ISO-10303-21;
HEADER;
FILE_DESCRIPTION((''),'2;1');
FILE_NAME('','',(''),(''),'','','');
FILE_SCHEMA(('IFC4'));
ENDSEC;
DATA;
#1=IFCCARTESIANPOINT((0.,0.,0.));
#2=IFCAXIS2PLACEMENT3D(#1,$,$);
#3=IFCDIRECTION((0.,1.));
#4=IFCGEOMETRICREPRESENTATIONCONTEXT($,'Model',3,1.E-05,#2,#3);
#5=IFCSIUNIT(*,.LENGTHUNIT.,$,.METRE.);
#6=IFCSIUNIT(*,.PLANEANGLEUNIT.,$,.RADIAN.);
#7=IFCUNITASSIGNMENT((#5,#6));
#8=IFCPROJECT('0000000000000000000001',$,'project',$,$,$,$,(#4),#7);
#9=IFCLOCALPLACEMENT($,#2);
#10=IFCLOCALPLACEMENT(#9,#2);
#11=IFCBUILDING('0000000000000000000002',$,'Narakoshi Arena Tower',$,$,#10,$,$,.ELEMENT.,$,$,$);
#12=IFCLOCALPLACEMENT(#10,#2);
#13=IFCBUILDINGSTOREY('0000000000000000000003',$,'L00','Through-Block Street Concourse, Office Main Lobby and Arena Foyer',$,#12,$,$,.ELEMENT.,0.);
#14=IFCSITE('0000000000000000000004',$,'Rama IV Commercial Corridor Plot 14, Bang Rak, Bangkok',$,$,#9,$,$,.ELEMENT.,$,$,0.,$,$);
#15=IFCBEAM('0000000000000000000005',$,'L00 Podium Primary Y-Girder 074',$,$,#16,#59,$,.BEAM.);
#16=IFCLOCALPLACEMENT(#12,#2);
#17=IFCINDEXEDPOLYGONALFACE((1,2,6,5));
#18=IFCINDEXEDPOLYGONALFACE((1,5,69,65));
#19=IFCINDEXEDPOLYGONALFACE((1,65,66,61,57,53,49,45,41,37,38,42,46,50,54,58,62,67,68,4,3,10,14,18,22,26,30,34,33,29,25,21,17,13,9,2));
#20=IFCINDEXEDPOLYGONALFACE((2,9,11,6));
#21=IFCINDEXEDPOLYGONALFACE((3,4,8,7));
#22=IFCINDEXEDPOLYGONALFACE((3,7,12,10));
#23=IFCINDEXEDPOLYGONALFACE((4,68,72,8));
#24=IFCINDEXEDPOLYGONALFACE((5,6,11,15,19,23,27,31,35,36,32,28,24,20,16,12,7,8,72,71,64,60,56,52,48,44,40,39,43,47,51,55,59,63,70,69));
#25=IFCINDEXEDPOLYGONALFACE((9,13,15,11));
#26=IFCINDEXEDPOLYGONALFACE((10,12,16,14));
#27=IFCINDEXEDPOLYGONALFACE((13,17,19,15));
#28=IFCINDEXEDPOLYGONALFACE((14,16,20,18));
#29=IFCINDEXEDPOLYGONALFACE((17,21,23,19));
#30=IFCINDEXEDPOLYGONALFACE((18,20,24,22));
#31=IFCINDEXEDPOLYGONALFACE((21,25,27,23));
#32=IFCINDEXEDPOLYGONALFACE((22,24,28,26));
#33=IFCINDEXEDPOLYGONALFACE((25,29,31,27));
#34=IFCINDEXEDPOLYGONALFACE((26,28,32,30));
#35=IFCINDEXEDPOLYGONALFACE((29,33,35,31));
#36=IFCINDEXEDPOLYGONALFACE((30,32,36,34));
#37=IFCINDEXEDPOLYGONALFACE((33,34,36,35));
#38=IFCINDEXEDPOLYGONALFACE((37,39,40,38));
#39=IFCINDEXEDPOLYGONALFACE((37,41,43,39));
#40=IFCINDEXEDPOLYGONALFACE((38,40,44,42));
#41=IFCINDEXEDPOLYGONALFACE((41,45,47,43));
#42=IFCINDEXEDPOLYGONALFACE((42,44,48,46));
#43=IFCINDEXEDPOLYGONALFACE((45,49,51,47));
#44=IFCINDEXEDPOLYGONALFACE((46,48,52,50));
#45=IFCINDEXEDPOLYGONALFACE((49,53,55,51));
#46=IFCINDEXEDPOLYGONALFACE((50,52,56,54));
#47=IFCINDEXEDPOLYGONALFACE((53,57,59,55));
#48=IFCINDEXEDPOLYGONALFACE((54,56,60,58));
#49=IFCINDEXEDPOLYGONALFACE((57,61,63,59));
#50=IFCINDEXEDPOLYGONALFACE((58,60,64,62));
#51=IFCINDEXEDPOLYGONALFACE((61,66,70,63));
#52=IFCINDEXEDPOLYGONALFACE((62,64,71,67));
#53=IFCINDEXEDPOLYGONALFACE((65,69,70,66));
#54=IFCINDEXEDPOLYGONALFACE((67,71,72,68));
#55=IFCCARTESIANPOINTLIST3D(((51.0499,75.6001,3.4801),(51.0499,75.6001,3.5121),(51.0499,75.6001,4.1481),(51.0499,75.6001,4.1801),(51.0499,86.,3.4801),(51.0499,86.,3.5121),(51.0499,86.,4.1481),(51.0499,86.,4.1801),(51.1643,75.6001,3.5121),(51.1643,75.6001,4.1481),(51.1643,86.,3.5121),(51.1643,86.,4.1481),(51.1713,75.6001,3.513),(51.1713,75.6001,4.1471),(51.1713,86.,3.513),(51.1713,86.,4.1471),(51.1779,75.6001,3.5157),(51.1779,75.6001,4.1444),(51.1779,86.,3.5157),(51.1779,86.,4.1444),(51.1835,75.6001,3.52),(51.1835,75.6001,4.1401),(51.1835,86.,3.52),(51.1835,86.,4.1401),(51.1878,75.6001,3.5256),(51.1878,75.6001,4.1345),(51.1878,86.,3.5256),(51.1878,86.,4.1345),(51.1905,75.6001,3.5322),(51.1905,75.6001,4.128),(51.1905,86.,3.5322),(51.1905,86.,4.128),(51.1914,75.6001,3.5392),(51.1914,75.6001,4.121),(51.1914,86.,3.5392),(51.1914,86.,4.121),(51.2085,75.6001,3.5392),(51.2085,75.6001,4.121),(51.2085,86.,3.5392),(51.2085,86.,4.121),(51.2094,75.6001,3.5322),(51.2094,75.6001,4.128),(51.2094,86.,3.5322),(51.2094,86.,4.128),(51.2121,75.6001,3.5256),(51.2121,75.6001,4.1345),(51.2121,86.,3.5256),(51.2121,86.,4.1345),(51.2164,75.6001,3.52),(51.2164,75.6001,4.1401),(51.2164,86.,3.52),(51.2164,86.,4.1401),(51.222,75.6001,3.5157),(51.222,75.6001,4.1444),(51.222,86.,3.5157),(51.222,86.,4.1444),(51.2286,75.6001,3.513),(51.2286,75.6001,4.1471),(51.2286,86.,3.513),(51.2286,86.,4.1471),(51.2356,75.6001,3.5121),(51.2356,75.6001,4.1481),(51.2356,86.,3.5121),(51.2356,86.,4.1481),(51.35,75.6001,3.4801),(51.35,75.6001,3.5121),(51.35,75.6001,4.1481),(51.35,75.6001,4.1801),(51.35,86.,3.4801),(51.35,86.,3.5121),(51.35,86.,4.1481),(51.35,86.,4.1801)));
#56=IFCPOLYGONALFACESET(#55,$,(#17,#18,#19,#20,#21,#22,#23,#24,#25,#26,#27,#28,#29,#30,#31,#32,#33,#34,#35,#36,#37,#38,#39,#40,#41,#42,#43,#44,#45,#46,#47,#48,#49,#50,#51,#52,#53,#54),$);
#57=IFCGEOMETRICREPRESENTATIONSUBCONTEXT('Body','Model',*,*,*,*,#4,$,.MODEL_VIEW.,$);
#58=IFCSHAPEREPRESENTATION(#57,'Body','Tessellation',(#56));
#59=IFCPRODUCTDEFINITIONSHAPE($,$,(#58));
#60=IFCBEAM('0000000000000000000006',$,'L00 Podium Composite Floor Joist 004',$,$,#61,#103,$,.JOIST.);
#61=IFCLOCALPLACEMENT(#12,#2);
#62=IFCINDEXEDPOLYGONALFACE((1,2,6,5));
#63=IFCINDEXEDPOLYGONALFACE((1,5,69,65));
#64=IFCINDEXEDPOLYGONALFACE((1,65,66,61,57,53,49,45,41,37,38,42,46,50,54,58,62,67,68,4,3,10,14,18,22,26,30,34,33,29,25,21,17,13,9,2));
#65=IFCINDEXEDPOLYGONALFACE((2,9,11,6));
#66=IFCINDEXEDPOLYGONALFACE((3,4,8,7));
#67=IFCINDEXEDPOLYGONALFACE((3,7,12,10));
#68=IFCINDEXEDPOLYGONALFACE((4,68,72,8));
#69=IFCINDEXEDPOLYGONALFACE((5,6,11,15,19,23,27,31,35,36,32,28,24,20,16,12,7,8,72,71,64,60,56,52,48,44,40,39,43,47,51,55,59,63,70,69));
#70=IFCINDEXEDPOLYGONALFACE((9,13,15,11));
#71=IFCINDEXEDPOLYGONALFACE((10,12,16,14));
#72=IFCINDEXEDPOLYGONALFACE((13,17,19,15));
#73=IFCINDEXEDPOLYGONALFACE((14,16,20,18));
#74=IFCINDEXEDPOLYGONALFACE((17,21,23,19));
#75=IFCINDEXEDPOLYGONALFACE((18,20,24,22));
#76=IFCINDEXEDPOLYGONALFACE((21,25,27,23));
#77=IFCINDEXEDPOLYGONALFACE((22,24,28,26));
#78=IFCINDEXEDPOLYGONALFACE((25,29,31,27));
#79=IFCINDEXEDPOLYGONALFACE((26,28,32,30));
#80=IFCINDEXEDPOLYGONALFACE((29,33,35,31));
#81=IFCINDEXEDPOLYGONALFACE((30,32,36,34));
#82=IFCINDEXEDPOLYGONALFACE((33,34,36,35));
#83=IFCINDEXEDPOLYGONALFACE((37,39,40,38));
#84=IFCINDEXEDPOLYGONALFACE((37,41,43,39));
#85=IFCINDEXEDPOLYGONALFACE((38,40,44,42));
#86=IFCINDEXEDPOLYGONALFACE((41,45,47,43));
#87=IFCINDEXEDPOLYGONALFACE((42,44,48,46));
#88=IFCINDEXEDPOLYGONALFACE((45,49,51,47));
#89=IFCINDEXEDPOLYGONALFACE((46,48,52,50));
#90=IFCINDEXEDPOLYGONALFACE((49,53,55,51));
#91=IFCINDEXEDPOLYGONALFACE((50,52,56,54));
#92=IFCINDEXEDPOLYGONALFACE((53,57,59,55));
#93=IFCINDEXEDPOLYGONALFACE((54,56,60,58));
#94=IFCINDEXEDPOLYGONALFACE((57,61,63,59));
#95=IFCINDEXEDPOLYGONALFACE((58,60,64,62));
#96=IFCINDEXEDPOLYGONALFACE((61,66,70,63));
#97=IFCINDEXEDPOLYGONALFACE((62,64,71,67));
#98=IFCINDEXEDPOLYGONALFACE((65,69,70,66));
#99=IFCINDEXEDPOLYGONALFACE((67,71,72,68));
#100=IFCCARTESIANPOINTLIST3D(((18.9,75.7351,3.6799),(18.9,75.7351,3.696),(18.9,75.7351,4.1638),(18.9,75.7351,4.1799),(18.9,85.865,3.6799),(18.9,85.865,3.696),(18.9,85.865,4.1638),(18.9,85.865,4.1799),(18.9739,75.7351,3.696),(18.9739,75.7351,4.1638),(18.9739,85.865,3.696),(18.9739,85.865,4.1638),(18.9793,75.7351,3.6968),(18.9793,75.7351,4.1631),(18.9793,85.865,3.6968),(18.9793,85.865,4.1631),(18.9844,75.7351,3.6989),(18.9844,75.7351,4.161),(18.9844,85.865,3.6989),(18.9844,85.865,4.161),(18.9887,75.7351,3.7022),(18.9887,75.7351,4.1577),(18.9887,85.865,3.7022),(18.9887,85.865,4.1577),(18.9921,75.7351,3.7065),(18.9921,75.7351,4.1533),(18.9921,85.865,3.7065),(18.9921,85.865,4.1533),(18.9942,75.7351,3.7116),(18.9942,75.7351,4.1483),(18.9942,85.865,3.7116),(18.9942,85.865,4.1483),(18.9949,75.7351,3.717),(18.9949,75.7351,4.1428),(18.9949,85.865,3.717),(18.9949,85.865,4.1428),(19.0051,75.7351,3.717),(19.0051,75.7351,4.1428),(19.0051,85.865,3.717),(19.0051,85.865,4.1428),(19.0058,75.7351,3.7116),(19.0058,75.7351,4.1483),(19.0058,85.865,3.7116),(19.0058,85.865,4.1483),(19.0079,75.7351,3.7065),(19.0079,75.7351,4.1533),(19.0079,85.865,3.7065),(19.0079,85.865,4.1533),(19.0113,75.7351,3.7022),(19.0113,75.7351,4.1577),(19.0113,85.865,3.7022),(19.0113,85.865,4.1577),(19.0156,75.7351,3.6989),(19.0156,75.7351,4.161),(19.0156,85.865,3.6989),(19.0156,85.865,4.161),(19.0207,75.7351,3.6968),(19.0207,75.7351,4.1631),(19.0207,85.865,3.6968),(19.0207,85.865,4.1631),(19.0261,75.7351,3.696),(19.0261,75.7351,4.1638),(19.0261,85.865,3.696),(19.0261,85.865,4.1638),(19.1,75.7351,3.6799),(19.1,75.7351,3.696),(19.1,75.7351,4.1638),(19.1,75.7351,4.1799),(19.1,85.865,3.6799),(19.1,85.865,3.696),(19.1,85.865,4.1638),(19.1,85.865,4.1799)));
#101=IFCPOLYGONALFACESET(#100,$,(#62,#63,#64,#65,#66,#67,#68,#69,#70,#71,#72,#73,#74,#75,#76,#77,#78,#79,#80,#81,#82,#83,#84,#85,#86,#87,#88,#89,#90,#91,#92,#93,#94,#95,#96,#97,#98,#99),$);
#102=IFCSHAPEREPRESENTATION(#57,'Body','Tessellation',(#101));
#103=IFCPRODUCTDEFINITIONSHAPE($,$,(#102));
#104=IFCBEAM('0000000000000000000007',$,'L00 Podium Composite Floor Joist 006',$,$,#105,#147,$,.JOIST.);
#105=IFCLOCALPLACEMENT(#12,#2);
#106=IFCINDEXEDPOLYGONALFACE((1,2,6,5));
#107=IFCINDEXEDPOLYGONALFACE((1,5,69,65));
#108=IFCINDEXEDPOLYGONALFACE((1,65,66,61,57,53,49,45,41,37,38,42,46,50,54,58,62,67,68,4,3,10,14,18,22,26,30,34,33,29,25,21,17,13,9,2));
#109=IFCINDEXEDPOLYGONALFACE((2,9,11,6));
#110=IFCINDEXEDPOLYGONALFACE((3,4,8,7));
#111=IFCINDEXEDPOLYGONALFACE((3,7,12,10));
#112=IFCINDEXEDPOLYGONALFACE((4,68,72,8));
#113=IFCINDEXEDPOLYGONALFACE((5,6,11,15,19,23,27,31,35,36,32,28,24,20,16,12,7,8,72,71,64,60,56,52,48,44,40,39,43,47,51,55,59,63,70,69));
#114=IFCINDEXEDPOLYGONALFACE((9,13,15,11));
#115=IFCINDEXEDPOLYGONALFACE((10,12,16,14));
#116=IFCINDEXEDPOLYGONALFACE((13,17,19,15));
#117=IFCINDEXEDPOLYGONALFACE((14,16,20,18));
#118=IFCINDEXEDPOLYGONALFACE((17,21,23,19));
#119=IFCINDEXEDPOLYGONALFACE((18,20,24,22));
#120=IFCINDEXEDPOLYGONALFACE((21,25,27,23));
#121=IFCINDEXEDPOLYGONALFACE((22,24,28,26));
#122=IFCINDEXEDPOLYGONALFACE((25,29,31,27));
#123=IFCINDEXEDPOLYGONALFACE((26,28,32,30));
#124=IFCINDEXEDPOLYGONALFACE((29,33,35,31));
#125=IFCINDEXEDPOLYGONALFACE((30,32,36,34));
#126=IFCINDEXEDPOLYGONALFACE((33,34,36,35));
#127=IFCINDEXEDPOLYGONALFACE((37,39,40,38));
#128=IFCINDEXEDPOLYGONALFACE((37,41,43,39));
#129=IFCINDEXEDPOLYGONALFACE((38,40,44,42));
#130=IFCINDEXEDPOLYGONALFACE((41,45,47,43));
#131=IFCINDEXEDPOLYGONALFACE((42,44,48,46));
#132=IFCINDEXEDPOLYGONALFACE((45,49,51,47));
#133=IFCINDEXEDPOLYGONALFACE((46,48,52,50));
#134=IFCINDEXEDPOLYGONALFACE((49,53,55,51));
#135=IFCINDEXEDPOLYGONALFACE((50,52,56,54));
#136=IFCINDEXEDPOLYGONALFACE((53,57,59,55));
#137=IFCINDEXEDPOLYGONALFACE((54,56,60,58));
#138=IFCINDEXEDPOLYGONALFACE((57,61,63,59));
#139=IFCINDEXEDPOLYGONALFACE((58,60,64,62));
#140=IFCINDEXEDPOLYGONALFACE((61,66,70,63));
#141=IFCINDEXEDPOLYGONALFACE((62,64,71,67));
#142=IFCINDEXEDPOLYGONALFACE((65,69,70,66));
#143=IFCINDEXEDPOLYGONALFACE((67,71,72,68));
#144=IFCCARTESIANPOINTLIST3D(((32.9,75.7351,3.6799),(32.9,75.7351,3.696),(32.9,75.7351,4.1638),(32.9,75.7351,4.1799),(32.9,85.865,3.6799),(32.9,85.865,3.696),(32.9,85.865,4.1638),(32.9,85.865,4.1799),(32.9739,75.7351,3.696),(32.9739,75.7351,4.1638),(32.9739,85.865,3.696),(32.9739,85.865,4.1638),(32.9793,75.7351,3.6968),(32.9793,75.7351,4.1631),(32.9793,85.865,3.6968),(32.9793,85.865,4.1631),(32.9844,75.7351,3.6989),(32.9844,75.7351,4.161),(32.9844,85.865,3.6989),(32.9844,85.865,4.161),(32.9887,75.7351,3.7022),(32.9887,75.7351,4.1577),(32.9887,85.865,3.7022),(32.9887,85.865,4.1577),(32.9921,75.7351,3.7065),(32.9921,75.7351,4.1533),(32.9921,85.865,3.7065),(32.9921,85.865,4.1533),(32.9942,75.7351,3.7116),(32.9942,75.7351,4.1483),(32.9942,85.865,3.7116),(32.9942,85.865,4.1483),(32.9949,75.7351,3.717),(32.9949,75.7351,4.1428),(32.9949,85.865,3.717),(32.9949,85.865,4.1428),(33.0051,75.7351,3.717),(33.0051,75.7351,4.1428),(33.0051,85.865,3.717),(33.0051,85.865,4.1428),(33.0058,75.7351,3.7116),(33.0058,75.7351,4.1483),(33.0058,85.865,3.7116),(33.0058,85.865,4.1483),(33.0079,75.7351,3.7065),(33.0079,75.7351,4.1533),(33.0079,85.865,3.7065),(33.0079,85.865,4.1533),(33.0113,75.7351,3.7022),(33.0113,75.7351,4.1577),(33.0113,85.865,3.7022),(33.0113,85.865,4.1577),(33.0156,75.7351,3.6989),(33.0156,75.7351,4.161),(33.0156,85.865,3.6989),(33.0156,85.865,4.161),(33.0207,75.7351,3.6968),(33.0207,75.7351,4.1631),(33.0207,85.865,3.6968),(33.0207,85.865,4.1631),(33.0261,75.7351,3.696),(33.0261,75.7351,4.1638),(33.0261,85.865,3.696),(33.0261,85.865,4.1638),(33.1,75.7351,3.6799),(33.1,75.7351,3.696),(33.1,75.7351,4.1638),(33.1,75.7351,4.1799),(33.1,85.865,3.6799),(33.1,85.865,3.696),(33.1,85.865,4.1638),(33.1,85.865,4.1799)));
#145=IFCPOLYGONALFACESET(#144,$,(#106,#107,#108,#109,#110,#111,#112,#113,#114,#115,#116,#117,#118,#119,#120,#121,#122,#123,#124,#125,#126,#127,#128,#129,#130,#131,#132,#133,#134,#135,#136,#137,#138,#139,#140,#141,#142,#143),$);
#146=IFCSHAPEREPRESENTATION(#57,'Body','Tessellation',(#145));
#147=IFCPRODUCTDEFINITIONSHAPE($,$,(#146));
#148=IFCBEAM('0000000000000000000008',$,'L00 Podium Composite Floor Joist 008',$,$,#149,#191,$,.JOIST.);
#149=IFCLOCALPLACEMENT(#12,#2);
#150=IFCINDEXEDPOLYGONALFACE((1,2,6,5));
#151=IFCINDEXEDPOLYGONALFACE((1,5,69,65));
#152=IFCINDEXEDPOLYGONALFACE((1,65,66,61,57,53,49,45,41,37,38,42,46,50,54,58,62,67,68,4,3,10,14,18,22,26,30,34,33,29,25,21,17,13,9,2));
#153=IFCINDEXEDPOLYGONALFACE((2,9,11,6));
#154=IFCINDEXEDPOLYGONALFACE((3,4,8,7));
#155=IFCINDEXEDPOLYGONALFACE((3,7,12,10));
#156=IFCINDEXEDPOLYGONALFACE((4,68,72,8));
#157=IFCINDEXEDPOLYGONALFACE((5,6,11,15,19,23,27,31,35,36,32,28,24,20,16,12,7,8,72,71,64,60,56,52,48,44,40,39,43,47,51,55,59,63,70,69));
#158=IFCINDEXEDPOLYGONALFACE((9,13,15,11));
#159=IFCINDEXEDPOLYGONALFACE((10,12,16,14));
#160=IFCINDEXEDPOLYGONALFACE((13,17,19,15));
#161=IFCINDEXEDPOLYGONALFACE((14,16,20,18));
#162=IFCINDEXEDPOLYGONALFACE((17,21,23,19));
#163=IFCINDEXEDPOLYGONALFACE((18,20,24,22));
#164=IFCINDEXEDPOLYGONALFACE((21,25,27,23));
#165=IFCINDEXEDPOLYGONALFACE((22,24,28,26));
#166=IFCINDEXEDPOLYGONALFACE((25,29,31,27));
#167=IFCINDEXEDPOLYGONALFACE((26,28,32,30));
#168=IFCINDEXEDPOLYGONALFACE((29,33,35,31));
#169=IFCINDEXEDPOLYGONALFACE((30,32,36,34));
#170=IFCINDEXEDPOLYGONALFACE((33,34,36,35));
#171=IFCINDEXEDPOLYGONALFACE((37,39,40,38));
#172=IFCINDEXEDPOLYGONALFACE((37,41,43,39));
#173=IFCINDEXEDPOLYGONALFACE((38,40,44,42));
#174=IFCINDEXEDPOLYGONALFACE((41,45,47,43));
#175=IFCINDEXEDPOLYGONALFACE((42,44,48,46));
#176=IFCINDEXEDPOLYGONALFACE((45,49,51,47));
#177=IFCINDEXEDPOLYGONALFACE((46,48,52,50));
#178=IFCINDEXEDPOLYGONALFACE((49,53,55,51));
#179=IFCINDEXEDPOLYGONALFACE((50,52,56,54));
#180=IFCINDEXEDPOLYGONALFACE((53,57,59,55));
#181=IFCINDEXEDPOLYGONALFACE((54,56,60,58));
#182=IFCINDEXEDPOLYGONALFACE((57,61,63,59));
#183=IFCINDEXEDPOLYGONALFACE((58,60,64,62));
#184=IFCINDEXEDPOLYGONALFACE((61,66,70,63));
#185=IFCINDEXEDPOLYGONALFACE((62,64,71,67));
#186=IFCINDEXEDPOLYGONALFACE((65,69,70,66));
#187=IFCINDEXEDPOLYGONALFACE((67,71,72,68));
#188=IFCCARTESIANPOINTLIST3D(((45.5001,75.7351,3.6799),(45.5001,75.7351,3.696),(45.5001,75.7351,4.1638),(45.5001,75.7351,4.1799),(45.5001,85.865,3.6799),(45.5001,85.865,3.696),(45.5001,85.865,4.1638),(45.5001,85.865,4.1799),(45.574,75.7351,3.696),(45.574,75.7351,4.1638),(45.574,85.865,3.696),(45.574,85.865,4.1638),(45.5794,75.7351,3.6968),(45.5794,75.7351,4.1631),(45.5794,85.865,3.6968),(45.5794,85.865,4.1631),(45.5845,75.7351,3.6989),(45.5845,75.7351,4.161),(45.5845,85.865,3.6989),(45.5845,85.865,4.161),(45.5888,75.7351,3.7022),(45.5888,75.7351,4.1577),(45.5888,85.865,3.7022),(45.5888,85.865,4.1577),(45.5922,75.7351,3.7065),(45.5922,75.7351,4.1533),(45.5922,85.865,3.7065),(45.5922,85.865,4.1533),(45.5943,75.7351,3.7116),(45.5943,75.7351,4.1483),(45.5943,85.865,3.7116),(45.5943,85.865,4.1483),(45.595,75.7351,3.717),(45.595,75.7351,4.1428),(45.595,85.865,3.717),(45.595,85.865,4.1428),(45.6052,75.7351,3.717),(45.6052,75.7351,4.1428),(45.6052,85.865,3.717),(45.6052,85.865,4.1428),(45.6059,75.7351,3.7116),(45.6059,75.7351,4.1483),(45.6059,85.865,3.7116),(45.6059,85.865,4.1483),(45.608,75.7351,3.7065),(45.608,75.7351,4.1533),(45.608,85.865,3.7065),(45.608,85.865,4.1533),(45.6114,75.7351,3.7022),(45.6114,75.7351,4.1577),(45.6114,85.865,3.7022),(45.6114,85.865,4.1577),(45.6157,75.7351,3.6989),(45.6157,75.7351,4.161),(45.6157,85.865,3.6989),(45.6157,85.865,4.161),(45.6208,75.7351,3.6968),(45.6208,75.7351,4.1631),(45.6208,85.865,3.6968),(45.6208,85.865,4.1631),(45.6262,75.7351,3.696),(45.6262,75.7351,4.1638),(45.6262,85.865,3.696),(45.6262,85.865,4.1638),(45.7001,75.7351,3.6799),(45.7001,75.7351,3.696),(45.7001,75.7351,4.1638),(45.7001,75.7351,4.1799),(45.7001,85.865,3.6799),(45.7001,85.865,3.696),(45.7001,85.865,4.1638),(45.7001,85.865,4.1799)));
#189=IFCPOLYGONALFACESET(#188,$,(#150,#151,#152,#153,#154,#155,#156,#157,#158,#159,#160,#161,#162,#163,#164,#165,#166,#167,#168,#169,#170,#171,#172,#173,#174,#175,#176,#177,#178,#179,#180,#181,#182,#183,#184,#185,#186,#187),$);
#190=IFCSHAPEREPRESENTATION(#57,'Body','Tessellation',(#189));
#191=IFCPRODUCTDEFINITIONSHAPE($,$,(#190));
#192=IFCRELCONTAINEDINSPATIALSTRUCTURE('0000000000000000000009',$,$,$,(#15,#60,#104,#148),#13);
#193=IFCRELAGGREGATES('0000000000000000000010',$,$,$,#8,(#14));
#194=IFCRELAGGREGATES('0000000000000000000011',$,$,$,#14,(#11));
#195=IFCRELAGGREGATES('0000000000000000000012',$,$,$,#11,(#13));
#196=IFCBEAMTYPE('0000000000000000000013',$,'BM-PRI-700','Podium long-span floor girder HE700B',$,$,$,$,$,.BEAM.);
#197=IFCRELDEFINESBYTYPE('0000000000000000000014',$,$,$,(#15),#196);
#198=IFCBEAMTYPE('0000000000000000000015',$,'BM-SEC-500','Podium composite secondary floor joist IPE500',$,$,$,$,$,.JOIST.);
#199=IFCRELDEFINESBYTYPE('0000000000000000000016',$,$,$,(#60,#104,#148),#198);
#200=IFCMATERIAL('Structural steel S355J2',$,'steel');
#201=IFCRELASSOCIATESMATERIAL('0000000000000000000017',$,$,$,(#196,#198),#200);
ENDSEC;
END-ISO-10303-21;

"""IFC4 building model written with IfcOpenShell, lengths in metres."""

from ifc_helpers import new_model, si_unit, direction, frame, origin, origin_2d, place, context, subcontext, project, spatial, i_section, extrude, material, material_profile, profile_set, type_object, element, save


model = new_model("IFC4")

# Units and contexts
model_context = context("Model", 3, precision=1e-05, world=origin(), true_north=direction((0.0, 1.0)))
body_context = subcontext(model_context, "Body", "Model", "MODEL_VIEW")
ifc_project = project(units=[si_unit("LENGTHUNIT", "METRE"), si_unit("PLANEANGLEUNIT", "RADIAN")], contexts=[model_context])

# Site, building, storey
site_placement = place(None, origin())
site = spatial("IfcSite", under=ifc_project, at=site_placement, Name="Rama IV Commercial Corridor Plot 14, Bang Rak, Bangkok", CompositionType="ELEMENT", RefElevation=0.0)
building_placement = place(site_placement, origin())
building = spatial("IfcBuilding", under=site, at=building_placement, Name="Narakoshi Arena Tower", CompositionType="ELEMENT")
storey_placement = place(building_placement, origin())
storey = spatial("IfcBuildingStorey", under=building, at=storey_placement, Name="L00", Description="Through-Block Street Concourse, Office Main Lobby and Arena Foyer", CompositionType="ELEMENT", Elevation=0.0)

# Beams
ifc_material_1 = material(Name="Structural steel S355J2", Category="steel")
ifc_material_profile_1 = material_profile(ifc_material_1, i_section(OverallWidth=0.3, OverallDepth=0.7, WebThickness=0.0171, FlangeThickness=0.032, FilletRadius=0.0271, at=origin_2d()), Name="HE700B")
ifc_profile_set_1 = profile_set([ifc_material_profile_1], Name="Structural steel S355J2")
beam_type_1 = type_object("IfcBeamType", Name="BM-PRI-700", Description="Podium long-span floor girder HE700B", PredefinedType="BEAM", material=ifc_profile_set_1)
for number, where, z_axis, x_axis, name in (
    (1, (51.2, 75.6001, 3.8301), (0.0, 1.0, 0.0), (-1.0, 0.0, 0.0), "L00 Podium Primary Y-Girder 074"),
):
    element("IfcBeam", number, at=place(storey_placement, frame(where, z_axis=z_axis, x_axis=x_axis)), inside=storey, type_object=beam_type_1, Name=name, PredefinedType="BEAM", context=body_context, shape_type="SweptSolid", body=[
        extrude(i_section(OverallWidth=0.3, OverallDepth=0.7, WebThickness=0.0171, FlangeThickness=0.032, FilletRadius=0.0271, at=origin_2d()), origin(), (0.0, 0.0, 1.0), 10.3999),
    ])
ifc_material_profile_2 = material_profile(ifc_material_1, i_section(OverallWidth=0.2, OverallDepth=0.5, WebThickness=0.0103, FlangeThickness=0.0161, FilletRadius=0.021, at=origin_2d()), Name="IPE500")
ifc_profile_set_2 = profile_set([ifc_material_profile_2], Name="Structural steel S355J2")
beam_type_2 = type_object("IfcBeamType", Name="BM-SEC-500", Description="Podium composite secondary floor joist IPE500", PredefinedType="JOIST", material=ifc_profile_set_2)
for number, where, z_axis, x_axis, name in (
    (2, (19.0, 75.7351, 3.9299), (0.0, 1.0, 0.0), (-1.0, 0.0, 0.0), "L00 Podium Composite Floor Joist 004"),
    (3, (33.0, 75.7351, 3.9299), (0.0, 1.0, 0.0), (-1.0, 0.0, 0.0), "L00 Podium Composite Floor Joist 006"),
    (4, (45.6001, 75.7351, 3.9299), (0.0, 1.0, 0.0), (-1.0, 0.0, 0.0), "L00 Podium Composite Floor Joist 008"),
):
    element("IfcBeam", number, at=place(storey_placement, frame(where, z_axis=z_axis, x_axis=x_axis)), inside=storey, type_object=beam_type_2, Name=name, PredefinedType="JOIST", context=body_context, shape_type="SweptSolid", body=[
        extrude(i_section(OverallWidth=0.2, OverallDepth=0.5, WebThickness=0.0103, FlangeThickness=0.0161, FilletRadius=0.021, at=origin_2d()), origin(), (0.0, 0.0, 1.0), 10.1299),
    ])

save(model, "model.ifc")
